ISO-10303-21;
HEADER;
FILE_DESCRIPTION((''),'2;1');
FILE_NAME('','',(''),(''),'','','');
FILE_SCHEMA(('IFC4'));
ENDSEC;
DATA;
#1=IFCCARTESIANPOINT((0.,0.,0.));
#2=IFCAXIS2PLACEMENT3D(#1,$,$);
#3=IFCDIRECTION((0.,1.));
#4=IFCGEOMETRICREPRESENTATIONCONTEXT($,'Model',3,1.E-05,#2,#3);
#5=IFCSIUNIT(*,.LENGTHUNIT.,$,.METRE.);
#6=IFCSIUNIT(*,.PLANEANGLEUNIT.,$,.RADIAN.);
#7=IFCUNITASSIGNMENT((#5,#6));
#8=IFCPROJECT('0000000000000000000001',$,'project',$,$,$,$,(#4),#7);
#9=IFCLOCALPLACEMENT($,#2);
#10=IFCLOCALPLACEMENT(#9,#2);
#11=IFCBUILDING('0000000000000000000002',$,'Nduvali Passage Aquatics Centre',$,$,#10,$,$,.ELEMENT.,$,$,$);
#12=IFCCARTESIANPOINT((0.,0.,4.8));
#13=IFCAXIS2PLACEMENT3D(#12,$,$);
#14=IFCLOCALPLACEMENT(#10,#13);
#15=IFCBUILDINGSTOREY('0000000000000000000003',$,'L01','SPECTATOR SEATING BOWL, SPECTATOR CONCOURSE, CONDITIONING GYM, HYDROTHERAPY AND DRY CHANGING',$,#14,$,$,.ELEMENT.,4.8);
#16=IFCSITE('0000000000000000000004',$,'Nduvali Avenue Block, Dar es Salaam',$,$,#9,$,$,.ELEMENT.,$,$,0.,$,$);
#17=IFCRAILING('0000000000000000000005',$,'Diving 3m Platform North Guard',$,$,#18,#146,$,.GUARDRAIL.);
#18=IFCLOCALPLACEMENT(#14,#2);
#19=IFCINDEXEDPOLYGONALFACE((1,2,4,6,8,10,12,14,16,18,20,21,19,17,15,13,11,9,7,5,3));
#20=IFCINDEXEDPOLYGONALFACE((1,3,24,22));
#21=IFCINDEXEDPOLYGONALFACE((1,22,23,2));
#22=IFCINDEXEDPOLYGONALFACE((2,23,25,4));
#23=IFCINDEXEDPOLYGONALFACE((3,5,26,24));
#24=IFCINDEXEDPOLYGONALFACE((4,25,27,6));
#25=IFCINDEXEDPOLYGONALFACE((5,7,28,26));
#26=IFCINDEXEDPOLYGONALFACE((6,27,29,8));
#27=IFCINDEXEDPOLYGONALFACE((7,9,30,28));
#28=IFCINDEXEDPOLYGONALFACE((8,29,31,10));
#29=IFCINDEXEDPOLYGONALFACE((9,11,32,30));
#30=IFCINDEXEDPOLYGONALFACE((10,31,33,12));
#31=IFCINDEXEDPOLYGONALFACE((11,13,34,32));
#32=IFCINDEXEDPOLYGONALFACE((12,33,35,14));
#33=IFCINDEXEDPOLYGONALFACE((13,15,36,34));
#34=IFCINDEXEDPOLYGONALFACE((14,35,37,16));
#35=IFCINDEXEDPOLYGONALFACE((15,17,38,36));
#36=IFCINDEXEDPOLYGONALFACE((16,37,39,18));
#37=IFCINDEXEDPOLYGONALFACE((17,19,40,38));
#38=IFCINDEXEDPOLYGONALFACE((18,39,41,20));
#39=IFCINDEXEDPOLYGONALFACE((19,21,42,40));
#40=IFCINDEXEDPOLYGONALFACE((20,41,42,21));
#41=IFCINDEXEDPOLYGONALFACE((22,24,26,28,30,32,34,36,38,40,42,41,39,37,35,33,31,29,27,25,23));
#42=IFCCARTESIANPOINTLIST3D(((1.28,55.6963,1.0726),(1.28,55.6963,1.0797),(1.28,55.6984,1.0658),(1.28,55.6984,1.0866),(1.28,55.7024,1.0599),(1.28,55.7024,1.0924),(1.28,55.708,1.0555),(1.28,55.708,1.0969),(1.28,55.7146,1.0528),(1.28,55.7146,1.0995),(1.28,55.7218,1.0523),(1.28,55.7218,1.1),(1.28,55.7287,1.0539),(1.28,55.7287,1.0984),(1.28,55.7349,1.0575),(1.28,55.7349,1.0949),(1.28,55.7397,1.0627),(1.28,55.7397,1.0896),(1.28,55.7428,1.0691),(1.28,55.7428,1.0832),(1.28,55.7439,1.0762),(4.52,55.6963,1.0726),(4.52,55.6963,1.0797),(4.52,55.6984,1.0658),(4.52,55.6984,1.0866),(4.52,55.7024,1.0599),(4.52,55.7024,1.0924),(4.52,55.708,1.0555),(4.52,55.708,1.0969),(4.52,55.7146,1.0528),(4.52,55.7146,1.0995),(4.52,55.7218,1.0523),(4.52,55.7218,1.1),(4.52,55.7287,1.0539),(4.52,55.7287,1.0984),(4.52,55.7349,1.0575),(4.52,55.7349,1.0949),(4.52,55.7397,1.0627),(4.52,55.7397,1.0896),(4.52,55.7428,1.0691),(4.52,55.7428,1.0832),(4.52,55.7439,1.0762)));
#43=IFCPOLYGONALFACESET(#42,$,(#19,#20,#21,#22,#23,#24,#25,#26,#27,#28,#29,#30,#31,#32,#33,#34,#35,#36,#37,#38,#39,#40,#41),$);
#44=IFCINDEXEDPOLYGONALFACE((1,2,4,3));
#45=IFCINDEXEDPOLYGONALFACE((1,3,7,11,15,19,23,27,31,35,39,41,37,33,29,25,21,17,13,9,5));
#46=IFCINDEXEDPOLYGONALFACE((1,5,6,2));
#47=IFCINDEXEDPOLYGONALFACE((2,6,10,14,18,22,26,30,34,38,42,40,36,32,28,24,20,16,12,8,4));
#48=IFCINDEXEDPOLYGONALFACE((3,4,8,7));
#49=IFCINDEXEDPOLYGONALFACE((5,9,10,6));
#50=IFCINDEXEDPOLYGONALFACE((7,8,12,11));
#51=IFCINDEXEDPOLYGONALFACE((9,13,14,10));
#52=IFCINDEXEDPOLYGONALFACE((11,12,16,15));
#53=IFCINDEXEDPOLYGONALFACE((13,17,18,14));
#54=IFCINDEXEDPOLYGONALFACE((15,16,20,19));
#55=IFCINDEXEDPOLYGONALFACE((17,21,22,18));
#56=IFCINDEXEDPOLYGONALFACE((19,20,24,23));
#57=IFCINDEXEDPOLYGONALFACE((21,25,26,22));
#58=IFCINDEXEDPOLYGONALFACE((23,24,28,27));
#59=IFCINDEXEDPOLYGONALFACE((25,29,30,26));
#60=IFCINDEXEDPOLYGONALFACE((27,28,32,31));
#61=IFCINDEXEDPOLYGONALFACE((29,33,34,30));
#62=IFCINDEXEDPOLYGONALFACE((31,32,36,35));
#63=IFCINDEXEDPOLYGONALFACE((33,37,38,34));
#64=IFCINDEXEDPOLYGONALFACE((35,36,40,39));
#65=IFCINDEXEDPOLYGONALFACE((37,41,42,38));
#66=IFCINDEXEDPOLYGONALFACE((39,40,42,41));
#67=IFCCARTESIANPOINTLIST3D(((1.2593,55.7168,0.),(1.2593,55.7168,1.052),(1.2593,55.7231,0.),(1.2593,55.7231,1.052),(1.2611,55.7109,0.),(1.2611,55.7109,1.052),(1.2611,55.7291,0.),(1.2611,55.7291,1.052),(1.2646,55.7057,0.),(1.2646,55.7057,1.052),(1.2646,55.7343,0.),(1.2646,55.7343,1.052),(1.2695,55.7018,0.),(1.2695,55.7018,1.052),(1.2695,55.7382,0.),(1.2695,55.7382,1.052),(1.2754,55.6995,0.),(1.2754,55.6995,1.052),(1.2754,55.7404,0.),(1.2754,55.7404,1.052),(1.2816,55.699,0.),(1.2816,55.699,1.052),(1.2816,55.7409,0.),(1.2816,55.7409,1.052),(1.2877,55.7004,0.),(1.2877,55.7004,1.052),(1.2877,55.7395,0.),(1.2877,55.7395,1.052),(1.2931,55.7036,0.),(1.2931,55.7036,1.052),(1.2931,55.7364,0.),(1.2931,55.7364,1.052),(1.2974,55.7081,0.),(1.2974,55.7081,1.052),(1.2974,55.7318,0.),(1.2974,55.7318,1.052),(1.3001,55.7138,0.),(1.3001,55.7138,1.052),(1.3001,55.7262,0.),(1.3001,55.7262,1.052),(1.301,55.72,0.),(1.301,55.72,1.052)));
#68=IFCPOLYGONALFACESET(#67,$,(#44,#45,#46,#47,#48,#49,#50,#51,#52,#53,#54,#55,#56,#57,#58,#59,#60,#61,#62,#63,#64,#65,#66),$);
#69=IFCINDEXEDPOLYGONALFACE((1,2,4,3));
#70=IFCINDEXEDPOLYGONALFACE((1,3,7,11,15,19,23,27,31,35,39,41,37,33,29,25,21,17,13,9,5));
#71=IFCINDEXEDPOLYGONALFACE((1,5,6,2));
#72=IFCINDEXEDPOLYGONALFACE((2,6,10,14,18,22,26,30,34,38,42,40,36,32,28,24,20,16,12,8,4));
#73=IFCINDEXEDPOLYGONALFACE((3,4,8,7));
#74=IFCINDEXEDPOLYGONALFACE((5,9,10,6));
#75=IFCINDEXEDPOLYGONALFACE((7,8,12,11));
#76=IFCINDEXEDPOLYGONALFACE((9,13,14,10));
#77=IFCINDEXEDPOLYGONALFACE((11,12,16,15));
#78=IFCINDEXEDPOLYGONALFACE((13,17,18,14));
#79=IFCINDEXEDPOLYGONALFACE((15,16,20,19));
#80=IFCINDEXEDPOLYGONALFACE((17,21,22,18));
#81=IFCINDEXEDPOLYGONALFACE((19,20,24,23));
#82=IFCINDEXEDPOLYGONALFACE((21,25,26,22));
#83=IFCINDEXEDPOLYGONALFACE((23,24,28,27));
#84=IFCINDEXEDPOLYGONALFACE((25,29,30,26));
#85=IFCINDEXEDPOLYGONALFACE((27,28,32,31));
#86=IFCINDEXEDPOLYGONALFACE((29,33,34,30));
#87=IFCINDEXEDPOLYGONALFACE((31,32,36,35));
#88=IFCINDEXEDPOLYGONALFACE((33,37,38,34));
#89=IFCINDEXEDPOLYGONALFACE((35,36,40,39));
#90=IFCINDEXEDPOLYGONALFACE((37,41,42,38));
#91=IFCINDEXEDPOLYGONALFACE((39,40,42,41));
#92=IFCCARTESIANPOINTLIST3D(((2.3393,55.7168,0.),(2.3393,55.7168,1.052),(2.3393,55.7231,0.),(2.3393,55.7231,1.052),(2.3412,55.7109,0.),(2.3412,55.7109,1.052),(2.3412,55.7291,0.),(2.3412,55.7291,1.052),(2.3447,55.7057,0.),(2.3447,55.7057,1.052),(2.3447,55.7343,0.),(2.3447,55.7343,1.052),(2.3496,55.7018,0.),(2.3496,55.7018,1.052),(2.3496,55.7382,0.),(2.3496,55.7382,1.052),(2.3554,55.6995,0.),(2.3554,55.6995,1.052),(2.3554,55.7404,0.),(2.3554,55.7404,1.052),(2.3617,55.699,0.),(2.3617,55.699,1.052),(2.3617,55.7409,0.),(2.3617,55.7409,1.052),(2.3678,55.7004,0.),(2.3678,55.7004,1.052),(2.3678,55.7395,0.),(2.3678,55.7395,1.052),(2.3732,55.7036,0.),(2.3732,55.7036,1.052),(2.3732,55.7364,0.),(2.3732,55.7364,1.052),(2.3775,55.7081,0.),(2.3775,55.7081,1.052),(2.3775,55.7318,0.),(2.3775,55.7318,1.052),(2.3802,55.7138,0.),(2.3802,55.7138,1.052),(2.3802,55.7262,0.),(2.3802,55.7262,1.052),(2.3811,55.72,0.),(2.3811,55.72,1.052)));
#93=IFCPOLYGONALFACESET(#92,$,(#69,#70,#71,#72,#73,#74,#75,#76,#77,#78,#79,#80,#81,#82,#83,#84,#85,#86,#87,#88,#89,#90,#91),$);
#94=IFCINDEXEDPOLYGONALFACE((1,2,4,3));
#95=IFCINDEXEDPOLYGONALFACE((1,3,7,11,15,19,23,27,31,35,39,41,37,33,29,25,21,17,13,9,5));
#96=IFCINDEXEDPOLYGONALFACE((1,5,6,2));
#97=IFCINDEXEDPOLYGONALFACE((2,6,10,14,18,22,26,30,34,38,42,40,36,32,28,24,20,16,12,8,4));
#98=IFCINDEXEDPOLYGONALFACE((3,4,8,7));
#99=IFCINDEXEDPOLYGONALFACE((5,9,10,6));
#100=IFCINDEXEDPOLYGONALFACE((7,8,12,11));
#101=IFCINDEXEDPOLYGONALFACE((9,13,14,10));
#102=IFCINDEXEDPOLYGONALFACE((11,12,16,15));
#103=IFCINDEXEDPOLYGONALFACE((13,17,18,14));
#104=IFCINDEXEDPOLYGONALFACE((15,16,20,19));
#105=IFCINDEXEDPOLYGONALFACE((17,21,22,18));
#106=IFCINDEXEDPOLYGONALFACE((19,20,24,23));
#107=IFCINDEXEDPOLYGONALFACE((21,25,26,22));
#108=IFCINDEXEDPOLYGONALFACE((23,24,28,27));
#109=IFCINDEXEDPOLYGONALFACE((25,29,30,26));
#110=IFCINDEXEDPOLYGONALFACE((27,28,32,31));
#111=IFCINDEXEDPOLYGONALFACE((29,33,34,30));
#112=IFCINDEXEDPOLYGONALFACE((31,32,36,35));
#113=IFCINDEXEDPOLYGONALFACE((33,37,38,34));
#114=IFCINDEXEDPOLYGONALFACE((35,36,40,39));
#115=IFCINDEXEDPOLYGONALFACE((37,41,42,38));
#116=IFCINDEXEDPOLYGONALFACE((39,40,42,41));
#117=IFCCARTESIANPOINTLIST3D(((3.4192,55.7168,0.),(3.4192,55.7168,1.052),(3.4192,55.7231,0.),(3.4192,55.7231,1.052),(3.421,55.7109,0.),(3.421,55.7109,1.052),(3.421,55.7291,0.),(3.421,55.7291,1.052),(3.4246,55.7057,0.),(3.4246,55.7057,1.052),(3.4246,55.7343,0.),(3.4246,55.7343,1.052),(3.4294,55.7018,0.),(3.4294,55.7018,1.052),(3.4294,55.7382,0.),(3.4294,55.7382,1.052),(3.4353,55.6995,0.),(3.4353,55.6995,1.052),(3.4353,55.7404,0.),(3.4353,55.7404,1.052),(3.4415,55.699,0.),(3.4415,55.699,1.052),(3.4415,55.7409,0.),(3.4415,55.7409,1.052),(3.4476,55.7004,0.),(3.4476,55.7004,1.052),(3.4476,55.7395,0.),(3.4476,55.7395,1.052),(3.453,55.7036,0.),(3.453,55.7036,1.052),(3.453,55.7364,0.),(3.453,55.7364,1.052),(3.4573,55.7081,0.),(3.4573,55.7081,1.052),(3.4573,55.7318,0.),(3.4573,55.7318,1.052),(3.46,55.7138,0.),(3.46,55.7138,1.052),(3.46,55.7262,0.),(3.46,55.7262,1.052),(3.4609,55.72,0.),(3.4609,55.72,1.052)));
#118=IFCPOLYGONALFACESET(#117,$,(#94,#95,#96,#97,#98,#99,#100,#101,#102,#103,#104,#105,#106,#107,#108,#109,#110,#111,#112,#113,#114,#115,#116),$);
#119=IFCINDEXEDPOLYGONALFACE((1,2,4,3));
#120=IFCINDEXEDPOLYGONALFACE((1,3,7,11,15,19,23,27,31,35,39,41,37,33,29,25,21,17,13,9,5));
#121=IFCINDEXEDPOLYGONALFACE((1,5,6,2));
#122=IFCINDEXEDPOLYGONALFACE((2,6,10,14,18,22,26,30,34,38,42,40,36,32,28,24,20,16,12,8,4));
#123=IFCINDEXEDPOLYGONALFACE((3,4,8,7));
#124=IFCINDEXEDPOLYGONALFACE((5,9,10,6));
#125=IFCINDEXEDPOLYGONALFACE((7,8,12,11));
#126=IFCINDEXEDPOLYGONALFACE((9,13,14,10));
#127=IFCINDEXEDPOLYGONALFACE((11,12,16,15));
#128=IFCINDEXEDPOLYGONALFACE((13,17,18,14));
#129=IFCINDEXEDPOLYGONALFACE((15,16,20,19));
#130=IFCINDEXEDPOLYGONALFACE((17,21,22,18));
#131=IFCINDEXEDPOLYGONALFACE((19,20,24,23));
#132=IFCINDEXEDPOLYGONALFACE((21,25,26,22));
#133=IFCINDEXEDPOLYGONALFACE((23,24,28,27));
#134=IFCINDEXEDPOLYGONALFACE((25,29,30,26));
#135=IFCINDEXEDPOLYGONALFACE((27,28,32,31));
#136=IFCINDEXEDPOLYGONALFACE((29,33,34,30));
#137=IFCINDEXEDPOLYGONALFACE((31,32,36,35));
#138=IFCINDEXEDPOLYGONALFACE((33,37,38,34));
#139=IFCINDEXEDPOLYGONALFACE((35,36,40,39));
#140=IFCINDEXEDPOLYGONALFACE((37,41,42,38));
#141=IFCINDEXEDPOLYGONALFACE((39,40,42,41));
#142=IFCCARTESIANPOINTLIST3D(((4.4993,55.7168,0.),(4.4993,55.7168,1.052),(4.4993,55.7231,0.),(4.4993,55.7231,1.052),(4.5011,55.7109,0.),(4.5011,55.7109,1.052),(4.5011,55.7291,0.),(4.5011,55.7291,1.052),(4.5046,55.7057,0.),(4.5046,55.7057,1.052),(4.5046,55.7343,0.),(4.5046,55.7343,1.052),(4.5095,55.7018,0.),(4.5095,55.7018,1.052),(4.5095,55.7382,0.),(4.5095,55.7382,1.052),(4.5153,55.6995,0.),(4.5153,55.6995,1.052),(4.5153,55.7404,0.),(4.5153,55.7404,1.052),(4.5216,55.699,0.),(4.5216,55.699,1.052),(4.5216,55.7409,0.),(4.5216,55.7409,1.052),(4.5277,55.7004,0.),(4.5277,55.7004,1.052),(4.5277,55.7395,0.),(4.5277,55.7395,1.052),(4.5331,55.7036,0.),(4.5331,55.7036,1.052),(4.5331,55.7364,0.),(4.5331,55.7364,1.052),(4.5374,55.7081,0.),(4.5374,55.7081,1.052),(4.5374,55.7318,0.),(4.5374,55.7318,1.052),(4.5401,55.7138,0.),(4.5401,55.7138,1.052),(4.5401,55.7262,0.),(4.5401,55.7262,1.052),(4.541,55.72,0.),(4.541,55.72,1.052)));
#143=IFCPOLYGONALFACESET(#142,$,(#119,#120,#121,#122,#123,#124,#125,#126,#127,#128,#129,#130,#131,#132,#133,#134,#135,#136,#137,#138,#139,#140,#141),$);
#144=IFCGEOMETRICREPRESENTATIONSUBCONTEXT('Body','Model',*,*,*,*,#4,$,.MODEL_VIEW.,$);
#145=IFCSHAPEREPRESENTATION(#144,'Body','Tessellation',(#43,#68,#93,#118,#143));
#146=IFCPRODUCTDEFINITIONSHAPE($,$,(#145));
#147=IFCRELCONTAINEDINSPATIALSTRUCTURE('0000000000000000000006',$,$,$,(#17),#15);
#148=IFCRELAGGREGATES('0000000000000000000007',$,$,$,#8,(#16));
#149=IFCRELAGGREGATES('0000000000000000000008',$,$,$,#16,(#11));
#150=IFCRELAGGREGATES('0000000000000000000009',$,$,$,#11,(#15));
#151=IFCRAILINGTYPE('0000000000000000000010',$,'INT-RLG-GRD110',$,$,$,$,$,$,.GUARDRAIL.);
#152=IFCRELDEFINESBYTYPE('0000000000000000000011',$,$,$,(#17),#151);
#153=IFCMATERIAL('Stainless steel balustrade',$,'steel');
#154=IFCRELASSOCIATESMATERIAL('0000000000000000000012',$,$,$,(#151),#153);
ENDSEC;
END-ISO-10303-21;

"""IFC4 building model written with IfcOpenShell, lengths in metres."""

from ifc_helpers import new_model, si_unit, direction, frame, origin, origin_2d, place, context, subcontext, project, spatial, circle, extrude, material, type_object, element, save


model = new_model("IFC4")

# Units and contexts
model_context = context("Model", 3, precision=1e-05, world=origin(), true_north=direction((0.0, 1.0)))
body_context = subcontext(model_context, "Body", "Model", "MODEL_VIEW")
ifc_project = project(units=[si_unit("LENGTHUNIT", "METRE"), si_unit("PLANEANGLEUNIT", "RADIAN")], contexts=[model_context])

# Site, building, storey
site_placement = place(None, origin())
site = spatial("IfcSite", under=ifc_project, at=site_placement, Name="Nduvali Avenue Block, Dar es Salaam", CompositionType="ELEMENT", RefElevation=0.0)
building_placement = place(site_placement, origin())
building = spatial("IfcBuilding", under=site, at=building_placement, Name="Nduvali Passage Aquatics Centre", CompositionType="ELEMENT")
storey_placement = place(building_placement, frame((0.0, 0.0, 4.8)))
storey = spatial("IfcBuildingStorey", under=building, at=storey_placement, Name="L01", Description="SPECTATOR SEATING BOWL, SPECTATOR CONCOURSE, CONDITIONING GYM, HYDROTHERAPY AND DRY CHANGING", CompositionType="ELEMENT", Elevation=4.8)

# Railing
ifc_material_1 = material(Name="Stainless steel balustrade", Category="steel")
railing_type = type_object("IfcRailingType", Name="INT-RLG-GRD110", PredefinedType="GUARDRAIL", material=ifc_material_1)
railing_1_placement = place(storey_placement, frame((1.28, 55.72, 0.0)))
element("IfcRailing", 1, at=railing_1_placement, inside=storey, type_object=railing_type, Name="Diving 3m Platform North Guard", PredefinedType="GUARDRAIL", context=body_context, shape_type="SweptSolid", body=[
    extrude(circle(Radius=0.0239, at=origin_2d()), frame((0.0, 0.0, 1.0762), z_axis=(1.0, 0.0, 0.0), x_axis=(0.0, 1.0, 0.0)), (0.0, 0.0, 1.0), 3.24),
    extrude(circle(Radius=0.021, at=origin_2d()), origin(), (0.0, 0.0, 1.0), 1.052),
    extrude(circle(Radius=0.021, at=origin_2d()), frame((1.0801, 0.0, 0.0)), (0.0, 0.0, 1.0), 1.052),
    extrude(circle(Radius=0.021, at=origin_2d()), frame((2.1599, 0.0, 0.0)), (0.0, 0.0, 1.0), 1.052),
    extrude(circle(Radius=0.021, at=origin_2d()), frame((3.24, 0.0, 0.0)), (0.0, 0.0, 1.0), 1.052),
])

save(model, "model.ifc")
